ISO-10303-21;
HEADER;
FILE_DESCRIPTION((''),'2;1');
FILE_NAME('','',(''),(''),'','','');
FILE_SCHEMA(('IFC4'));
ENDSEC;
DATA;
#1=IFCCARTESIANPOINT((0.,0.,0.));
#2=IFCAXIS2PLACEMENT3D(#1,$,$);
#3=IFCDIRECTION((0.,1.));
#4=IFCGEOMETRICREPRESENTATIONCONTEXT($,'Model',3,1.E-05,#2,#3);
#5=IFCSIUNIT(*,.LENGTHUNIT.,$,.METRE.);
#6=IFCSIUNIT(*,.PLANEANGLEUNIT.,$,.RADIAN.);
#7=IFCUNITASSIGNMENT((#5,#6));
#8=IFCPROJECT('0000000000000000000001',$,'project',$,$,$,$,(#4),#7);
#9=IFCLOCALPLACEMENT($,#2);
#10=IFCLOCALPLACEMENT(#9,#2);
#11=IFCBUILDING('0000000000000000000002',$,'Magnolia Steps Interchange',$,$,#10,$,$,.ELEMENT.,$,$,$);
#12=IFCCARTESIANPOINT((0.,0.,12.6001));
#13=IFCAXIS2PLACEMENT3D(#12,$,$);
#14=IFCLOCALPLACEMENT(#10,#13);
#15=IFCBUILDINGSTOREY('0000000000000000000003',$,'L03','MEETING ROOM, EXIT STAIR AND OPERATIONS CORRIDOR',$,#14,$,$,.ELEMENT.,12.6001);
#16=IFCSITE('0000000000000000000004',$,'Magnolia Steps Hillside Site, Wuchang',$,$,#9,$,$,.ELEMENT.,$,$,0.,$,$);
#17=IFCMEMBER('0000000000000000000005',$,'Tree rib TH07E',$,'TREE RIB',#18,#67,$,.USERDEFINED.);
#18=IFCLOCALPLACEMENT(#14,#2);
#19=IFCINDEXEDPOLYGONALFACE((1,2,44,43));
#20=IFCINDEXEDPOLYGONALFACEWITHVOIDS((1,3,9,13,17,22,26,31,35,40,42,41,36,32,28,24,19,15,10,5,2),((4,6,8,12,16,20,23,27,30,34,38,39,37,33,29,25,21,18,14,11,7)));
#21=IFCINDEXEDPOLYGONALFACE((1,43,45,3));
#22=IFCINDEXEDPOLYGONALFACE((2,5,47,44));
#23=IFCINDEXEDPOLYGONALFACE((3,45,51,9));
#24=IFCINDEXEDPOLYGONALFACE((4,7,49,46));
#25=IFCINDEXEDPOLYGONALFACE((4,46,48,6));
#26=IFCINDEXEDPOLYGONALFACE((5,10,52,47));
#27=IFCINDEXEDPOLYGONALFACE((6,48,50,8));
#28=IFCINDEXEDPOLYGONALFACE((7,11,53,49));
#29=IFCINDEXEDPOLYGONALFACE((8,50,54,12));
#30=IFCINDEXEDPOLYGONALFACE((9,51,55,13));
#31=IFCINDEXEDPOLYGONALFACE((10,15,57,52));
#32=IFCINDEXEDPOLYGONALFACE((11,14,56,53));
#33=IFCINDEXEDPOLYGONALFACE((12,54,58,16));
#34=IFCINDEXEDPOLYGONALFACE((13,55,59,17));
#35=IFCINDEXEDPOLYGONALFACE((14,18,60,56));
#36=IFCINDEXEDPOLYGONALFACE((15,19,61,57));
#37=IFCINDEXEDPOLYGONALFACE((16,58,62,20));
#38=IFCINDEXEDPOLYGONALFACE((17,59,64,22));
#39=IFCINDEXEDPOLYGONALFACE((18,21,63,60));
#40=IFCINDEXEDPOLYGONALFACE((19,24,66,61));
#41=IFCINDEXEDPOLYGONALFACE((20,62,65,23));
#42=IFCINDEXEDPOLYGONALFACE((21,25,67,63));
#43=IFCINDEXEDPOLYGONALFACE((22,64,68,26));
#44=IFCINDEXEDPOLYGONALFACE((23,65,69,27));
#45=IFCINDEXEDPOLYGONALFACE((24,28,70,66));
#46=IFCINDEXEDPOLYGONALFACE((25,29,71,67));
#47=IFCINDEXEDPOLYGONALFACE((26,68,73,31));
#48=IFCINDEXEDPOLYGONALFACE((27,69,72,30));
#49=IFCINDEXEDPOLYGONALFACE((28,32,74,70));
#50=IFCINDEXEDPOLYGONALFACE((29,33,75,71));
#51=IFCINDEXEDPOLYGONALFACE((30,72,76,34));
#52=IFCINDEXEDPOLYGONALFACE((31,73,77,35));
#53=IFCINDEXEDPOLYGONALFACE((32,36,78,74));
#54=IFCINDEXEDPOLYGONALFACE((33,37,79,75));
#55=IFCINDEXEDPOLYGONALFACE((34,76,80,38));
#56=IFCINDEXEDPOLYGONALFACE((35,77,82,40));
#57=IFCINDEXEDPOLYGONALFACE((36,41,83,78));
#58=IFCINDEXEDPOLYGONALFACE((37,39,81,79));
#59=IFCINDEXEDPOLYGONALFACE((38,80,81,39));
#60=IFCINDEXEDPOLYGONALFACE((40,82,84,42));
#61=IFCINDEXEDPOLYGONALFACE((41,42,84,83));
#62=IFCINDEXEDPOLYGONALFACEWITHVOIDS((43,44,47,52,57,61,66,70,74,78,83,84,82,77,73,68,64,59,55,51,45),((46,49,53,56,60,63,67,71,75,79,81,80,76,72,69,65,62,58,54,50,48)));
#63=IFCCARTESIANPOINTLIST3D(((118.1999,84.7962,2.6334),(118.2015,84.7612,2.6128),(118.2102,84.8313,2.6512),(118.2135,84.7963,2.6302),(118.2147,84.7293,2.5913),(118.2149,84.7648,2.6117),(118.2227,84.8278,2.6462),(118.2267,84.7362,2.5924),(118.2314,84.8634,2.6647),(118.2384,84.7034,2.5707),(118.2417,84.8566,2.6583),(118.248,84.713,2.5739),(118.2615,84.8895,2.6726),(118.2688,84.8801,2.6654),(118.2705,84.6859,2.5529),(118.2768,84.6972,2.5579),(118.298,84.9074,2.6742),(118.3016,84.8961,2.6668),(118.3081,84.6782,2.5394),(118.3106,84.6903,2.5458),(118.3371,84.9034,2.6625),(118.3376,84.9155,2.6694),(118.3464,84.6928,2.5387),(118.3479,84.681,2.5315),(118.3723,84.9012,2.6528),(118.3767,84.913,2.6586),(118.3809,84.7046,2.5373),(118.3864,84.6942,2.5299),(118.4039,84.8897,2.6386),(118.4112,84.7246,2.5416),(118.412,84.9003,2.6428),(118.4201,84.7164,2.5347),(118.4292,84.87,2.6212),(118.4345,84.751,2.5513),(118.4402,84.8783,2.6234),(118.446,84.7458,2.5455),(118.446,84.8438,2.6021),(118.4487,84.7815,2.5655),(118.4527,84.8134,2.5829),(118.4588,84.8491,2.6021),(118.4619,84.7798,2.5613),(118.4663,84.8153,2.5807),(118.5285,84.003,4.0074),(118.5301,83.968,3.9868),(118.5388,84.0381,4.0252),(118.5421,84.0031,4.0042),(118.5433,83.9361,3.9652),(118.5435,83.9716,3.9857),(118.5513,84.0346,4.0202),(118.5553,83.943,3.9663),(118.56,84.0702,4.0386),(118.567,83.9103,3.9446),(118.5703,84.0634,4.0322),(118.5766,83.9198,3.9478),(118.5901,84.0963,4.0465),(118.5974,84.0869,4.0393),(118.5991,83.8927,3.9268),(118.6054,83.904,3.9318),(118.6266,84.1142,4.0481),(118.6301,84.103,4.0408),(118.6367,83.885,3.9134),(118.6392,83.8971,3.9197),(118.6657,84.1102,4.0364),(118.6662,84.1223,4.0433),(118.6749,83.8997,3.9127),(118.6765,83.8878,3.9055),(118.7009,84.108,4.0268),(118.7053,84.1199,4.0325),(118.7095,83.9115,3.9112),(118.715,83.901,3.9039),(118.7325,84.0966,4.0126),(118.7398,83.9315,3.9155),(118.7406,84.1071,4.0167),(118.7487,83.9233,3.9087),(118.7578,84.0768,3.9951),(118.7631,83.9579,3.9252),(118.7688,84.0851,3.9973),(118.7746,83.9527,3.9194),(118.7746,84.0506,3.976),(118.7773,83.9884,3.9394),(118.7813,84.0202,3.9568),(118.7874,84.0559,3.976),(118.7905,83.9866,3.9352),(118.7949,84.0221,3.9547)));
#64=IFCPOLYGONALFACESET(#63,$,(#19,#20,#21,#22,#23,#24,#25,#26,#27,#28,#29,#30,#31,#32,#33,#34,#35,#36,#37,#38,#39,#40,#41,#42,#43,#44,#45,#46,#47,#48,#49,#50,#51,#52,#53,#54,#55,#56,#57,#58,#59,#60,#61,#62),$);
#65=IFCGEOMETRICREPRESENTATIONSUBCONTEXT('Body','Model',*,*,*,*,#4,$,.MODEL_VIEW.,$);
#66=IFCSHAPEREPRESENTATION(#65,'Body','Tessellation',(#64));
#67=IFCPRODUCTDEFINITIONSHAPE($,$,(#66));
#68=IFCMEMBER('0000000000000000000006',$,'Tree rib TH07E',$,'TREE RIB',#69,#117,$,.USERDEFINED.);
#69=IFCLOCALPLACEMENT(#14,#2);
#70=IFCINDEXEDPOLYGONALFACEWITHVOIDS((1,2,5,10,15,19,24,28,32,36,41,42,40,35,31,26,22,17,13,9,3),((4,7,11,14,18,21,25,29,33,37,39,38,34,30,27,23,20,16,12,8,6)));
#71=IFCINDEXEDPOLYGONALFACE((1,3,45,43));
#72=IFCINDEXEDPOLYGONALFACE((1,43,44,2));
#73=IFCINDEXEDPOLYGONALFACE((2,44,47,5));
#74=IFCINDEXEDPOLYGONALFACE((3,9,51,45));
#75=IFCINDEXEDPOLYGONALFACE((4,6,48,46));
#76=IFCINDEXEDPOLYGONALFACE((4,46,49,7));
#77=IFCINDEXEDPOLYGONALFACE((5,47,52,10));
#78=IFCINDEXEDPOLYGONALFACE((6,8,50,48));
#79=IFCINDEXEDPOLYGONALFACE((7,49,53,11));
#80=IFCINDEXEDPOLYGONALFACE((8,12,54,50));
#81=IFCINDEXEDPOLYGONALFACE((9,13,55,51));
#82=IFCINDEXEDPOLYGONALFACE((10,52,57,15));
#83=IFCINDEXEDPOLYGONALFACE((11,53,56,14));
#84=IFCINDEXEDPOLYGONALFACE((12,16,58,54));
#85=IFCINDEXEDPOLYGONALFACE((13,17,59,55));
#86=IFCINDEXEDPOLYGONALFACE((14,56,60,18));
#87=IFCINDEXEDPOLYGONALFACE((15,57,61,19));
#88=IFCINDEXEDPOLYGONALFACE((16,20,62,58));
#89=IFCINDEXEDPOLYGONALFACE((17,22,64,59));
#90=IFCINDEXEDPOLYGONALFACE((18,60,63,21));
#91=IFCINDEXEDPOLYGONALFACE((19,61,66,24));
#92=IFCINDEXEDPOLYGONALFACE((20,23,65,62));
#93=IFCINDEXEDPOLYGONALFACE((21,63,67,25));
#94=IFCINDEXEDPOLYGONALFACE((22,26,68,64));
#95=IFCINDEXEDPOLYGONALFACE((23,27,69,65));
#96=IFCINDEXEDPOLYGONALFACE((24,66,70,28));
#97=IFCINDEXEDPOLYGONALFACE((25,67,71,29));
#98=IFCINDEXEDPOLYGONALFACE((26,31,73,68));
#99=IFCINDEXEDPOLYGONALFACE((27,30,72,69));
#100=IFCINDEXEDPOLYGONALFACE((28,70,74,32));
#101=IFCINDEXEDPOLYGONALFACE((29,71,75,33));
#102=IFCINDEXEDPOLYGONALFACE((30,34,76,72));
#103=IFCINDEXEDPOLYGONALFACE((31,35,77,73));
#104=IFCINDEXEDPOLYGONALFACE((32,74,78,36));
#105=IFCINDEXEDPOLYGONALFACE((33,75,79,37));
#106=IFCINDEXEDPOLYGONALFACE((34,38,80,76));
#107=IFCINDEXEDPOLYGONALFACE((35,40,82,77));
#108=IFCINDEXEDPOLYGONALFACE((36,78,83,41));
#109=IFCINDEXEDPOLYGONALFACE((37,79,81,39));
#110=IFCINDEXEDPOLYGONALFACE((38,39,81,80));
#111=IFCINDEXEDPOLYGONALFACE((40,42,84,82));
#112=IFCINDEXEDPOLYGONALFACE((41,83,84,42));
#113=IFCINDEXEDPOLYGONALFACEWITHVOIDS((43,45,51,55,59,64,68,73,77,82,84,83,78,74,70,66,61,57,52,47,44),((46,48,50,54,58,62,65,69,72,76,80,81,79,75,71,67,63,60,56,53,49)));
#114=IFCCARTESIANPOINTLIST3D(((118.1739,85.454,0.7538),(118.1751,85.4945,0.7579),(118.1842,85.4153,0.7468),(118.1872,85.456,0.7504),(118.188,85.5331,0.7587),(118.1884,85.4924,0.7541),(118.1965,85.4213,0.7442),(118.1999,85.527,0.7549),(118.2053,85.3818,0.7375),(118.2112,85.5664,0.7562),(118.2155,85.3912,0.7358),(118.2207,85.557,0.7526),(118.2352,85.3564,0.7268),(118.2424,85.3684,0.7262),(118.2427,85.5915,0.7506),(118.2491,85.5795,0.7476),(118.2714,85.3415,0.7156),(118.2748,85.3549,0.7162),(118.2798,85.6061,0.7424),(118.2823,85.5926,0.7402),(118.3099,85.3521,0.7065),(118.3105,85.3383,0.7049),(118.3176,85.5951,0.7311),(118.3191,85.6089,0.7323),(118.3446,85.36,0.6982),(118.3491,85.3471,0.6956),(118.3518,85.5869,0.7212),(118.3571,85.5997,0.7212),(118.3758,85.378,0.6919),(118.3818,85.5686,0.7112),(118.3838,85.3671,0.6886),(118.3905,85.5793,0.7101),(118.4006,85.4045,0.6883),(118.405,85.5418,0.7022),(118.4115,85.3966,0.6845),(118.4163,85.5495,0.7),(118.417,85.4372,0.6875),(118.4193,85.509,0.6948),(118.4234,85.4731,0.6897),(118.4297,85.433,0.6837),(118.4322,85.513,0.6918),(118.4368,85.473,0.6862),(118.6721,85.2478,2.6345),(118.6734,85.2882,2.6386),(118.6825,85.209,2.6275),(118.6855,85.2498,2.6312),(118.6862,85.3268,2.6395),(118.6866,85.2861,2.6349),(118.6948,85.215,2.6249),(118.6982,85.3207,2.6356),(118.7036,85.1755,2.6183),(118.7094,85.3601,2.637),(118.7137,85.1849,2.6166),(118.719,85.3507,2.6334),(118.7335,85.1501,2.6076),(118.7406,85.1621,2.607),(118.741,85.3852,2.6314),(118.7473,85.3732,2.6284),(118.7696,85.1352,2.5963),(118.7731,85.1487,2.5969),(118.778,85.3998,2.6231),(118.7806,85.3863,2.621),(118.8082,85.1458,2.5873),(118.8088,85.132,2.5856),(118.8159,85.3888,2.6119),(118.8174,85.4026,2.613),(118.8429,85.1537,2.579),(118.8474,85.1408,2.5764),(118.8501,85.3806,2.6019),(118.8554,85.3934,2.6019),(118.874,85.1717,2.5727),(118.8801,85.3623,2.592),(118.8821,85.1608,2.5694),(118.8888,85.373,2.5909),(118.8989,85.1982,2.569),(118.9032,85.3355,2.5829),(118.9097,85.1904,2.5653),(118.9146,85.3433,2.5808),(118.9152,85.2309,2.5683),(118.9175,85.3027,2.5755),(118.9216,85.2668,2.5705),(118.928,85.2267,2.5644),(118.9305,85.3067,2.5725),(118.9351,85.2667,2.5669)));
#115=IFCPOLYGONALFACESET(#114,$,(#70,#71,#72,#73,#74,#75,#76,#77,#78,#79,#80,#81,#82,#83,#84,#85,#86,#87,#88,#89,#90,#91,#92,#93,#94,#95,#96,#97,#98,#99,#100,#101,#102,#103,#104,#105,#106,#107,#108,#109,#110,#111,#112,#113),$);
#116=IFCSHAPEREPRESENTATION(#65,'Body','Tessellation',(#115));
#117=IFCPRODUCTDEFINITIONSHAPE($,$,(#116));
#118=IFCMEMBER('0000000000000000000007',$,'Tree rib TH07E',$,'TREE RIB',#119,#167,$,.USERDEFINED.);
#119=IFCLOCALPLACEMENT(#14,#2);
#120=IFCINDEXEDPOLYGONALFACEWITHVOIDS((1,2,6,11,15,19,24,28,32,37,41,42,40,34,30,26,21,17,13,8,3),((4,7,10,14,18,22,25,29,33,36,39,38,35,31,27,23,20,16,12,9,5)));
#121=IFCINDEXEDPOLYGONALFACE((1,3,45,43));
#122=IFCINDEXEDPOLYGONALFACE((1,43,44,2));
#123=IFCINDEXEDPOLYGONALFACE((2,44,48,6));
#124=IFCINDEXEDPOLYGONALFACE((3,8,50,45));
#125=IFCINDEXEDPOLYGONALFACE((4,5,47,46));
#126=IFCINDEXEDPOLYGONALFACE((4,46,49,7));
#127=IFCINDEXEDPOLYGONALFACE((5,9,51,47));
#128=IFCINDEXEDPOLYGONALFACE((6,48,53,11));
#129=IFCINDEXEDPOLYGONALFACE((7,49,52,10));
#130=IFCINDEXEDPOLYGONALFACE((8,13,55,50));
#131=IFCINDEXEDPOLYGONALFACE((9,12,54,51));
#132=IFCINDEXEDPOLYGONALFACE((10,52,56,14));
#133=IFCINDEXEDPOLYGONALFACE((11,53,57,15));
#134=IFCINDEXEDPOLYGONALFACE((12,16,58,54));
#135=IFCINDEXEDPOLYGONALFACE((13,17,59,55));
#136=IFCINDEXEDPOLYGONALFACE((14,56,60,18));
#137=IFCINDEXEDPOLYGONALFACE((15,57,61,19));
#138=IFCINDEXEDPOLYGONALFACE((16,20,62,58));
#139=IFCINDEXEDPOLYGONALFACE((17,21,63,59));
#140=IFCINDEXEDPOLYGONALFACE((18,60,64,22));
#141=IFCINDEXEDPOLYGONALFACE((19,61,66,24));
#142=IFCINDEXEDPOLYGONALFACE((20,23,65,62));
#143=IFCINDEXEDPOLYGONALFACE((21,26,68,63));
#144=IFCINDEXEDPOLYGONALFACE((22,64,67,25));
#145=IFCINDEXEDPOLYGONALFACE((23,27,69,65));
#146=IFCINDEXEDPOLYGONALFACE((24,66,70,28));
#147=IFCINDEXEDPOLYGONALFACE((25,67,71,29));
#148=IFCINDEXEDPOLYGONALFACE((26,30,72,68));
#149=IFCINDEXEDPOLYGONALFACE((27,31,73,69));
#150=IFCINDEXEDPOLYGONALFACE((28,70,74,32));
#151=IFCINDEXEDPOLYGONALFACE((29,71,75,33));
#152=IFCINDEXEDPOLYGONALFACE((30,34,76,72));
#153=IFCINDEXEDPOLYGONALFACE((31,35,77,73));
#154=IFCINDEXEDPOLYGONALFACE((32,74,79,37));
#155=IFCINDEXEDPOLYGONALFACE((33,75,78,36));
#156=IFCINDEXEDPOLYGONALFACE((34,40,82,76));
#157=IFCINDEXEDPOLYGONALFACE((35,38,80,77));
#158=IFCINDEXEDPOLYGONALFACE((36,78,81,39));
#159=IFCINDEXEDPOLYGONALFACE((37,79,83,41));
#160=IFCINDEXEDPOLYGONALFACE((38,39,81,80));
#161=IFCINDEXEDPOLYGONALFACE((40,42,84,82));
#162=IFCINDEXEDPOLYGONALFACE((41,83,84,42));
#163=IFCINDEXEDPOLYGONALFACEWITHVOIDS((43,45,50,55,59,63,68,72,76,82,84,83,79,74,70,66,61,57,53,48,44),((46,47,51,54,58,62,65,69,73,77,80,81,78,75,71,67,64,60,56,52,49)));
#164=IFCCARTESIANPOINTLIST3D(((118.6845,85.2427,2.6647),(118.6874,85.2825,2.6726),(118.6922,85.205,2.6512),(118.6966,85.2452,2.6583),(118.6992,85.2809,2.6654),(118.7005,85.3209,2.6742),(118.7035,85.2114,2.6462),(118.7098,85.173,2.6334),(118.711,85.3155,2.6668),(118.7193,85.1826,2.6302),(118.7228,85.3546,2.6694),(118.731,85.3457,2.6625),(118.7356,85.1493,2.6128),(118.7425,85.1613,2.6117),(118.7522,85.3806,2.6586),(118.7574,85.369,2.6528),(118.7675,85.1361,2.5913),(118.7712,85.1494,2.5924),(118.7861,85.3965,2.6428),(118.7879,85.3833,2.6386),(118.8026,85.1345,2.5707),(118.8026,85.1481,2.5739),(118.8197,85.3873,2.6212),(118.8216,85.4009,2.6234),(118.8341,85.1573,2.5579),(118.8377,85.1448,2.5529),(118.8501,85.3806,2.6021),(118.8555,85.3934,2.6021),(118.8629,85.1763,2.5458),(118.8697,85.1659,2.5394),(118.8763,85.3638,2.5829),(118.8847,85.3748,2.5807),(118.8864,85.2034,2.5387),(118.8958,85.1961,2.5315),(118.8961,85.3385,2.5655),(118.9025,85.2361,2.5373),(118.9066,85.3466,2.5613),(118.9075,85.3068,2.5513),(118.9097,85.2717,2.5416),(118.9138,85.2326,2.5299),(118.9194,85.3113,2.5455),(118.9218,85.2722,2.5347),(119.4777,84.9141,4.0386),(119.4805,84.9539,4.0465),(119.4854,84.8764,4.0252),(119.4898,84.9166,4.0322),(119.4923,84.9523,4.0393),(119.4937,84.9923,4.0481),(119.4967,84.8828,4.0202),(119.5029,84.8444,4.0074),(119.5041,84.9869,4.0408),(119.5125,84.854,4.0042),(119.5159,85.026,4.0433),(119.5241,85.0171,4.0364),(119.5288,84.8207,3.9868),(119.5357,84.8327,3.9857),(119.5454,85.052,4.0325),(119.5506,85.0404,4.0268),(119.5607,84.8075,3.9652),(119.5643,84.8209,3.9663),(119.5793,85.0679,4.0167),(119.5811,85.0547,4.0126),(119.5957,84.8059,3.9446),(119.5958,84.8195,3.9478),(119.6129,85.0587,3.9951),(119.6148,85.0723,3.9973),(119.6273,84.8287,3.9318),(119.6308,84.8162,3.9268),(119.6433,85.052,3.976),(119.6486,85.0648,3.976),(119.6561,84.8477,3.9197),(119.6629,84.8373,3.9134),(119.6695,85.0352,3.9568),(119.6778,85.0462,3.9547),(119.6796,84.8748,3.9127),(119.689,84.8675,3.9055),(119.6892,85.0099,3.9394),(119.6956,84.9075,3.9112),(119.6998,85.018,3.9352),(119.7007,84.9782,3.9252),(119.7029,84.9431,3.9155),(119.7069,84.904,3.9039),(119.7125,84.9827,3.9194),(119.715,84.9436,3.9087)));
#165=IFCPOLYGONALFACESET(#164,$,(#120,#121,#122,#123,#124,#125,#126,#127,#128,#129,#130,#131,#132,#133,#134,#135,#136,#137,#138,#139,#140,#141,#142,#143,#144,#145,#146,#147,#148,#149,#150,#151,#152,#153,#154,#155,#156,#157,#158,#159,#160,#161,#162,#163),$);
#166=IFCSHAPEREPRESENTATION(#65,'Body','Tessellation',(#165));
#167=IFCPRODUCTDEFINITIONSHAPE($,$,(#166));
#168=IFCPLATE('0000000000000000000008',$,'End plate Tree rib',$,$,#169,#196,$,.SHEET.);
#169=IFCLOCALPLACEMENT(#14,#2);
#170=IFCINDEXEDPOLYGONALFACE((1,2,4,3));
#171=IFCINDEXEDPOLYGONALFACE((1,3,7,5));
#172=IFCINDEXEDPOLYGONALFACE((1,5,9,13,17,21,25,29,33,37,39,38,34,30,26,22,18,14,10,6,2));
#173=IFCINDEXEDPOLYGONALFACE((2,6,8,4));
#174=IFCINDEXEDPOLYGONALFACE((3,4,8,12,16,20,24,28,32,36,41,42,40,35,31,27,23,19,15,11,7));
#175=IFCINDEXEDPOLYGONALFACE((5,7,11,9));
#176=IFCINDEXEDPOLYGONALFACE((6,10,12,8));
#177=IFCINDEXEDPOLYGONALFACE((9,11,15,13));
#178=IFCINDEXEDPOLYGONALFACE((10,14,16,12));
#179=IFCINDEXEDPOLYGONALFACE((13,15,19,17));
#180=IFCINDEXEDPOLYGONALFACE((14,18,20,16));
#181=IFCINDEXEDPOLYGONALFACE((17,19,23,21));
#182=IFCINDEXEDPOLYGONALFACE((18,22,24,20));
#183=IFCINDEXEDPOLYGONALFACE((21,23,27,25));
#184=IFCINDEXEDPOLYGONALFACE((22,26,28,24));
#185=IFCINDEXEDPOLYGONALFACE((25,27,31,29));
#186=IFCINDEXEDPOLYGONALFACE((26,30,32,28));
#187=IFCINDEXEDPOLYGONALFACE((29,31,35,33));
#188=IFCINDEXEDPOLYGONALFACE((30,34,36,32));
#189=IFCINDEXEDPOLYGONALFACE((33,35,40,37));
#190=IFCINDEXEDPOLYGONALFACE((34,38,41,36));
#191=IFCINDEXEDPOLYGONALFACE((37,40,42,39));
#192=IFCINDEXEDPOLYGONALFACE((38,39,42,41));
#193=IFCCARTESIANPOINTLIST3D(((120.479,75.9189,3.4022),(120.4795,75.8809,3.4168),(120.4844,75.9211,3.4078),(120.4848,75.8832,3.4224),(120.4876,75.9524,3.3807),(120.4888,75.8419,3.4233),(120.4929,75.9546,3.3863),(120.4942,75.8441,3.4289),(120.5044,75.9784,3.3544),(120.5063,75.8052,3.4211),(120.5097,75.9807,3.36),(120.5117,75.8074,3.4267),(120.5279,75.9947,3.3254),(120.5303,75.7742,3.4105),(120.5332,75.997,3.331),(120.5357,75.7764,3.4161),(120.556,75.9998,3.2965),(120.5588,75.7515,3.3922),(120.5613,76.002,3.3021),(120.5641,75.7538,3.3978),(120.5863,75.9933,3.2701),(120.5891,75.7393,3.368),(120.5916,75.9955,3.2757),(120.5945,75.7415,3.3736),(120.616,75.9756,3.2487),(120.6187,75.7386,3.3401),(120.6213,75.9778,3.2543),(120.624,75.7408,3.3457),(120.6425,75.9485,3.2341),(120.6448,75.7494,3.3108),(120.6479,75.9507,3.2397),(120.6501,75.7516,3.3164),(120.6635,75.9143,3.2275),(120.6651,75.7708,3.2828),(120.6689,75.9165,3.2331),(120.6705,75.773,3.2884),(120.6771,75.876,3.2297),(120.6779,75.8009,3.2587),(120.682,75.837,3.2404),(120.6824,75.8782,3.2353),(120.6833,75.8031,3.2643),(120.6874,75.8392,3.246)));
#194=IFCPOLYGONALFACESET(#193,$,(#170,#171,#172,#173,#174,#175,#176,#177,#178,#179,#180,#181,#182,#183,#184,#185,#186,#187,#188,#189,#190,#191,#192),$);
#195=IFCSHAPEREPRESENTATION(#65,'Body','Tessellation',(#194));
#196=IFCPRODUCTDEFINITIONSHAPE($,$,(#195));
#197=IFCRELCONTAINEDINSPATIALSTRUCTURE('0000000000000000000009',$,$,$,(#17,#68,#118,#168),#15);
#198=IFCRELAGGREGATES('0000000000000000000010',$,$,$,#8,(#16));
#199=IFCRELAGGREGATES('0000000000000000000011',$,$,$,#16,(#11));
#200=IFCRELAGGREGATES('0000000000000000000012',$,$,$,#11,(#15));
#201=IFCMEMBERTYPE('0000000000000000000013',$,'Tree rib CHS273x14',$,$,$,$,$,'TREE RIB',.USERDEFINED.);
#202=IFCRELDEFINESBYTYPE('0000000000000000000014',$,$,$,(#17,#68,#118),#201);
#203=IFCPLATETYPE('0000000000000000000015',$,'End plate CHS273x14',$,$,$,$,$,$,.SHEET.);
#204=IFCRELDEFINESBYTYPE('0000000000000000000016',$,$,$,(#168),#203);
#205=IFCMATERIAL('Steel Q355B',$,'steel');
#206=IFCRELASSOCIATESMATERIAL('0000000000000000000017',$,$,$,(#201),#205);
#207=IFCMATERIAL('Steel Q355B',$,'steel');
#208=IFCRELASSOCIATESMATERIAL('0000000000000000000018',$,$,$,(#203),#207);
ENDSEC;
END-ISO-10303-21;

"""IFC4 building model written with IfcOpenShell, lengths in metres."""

from ifc_helpers import new_model, si_unit, direction, frame, origin, origin_2d, place, context, subcontext, project, spatial, circle, hollow_circle, extrude, material, material_profile, profile_set, type_object, element, save


model = new_model("IFC4")

# Units and contexts
model_context = context("Model", 3, precision=1e-05, world=origin(), true_north=direction((0.0, 1.0)))
body_context = subcontext(model_context, "Body", "Model", "MODEL_VIEW")
ifc_project = project(units=[si_unit("LENGTHUNIT", "METRE"), si_unit("PLANEANGLEUNIT", "RADIAN")], contexts=[model_context])

# Site, building, storey
site_placement = place(None, origin())
site = spatial("IfcSite", under=ifc_project, at=site_placement, Name="Magnolia Steps Hillside Site, Wuchang", CompositionType="ELEMENT", RefElevation=0.0)
building_placement = place(site_placement, origin())
building = spatial("IfcBuilding", under=site, at=building_placement, Name="Magnolia Steps Interchange", CompositionType="ELEMENT")
storey_placement = place(building_placement, frame((0.0, 0.0, 12.6001)))
storey = spatial("IfcBuildingStorey", under=building, at=storey_placement, Name="L03", Description="MEETING ROOM, EXIT STAIR AND OPERATIONS CORRIDOR", CompositionType="ELEMENT", Elevation=12.6001)

# Members
ifc_material_1 = material(Name="Steel Q355B", Category="steel")
ifc_material_profile_1 = material_profile(ifc_material_1, hollow_circle(Radius=0.1365, WallThickness=0.0139, at=origin_2d()), Name="CHS273x14")
ifc_profile_set_1 = profile_set([ifc_material_profile_1], Name="Steel Q355B")
member_type = type_object("IfcMemberType", Name="Tree rib CHS273x14", ElementType="TREE RIB", PredefinedType="USERDEFINED", material=ifc_profile_set_1)
member_1_placement = place(storey_placement, frame((118.3328, 84.7969, 2.6021), z_axis=(0.20282, -0.489571, 0.848047), x_axis=(0.923857, 0.382737, 0.0)))
element("IfcMember", 1, at=member_1_placement, inside=storey, type_object=member_type, Name="Tree rib TH07E", ObjectType="TREE RIB", PredefinedType="USERDEFINED", context=body_context, shape_type="SweptSolid", body=[
    extrude(hollow_circle(Radius=0.1365, WallThickness=0.0139, at=origin_2d()), origin(), (0.0, 0.0, 1.0), 1.6201),
])
member_2_placement = place(storey_placement, frame((118.3049, 85.4736, 0.7212), z_axis=(0.254665, -0.105435, 0.961264), x_axis=(0.382525, 0.923945, 0.0)))
element("IfcMember", 2, at=member_2_placement, inside=storey, type_object=member_type, Name="Tree rib TH07E", ObjectType="TREE RIB", PredefinedType="USERDEFINED", context=body_context, shape_type="SweptSolid", body=[
    extrude(hollow_circle(Radius=0.1365, WallThickness=0.0139, at=origin_2d()), origin(), (0.0, 0.0, 1.0), 1.9565),
])
member_3_placement = place(storey_placement, frame((118.8032, 85.2673, 2.6021), z_axis=(0.489571, -0.20282, 0.848047), x_axis=(0.382737, 0.923857, 0.0)))
element("IfcMember", 3, at=member_3_placement, inside=storey, type_object=member_type, Name="Tree rib TH07E", ObjectType="TREE RIB", PredefinedType="USERDEFINED", context=body_context, shape_type="SweptSolid", body=[
    extrude(hollow_circle(Radius=0.1365, WallThickness=0.0139, at=origin_2d()), origin(), (0.0, 0.0, 1.0), 1.6201),
])

# Plate
ifc_material_2 = material(Name="Steel Q355B", Category="steel")
ifc_material_profile_2 = material_profile(ifc_material_2, circle(Radius=0.1365, at=origin_2d()), Name="End plate CHS273x14")
ifc_profile_set_2 = profile_set([ifc_material_profile_2], Name="Steel Q355B")
plate_type_1 = type_object("IfcPlateType", Name="End plate CHS273x14", PredefinedType="SHEET", material=ifc_profile_set_2)
for number, where, z_axis, x_axis, name in (
    (4, (120.5801, 75.8687, 3.3254), (0.664583, 0.275279, 0.694658), (-0.382683, 0.92388, 0.0), "End plate Tree rib"),
):
    element("IfcPlate", number, at=place(storey_placement, frame(where, z_axis=z_axis, x_axis=x_axis)), inside=storey, type_object=plate_type_1, Name=name, PredefinedType="SHEET", context=body_context, shape_type="SweptSolid", body=[
        extrude(circle(Radius=0.1365, at=origin_2d()), origin(), (0.0, 0.0, 1.0), 0.0081),
    ])

save(model, "model.ifc")
